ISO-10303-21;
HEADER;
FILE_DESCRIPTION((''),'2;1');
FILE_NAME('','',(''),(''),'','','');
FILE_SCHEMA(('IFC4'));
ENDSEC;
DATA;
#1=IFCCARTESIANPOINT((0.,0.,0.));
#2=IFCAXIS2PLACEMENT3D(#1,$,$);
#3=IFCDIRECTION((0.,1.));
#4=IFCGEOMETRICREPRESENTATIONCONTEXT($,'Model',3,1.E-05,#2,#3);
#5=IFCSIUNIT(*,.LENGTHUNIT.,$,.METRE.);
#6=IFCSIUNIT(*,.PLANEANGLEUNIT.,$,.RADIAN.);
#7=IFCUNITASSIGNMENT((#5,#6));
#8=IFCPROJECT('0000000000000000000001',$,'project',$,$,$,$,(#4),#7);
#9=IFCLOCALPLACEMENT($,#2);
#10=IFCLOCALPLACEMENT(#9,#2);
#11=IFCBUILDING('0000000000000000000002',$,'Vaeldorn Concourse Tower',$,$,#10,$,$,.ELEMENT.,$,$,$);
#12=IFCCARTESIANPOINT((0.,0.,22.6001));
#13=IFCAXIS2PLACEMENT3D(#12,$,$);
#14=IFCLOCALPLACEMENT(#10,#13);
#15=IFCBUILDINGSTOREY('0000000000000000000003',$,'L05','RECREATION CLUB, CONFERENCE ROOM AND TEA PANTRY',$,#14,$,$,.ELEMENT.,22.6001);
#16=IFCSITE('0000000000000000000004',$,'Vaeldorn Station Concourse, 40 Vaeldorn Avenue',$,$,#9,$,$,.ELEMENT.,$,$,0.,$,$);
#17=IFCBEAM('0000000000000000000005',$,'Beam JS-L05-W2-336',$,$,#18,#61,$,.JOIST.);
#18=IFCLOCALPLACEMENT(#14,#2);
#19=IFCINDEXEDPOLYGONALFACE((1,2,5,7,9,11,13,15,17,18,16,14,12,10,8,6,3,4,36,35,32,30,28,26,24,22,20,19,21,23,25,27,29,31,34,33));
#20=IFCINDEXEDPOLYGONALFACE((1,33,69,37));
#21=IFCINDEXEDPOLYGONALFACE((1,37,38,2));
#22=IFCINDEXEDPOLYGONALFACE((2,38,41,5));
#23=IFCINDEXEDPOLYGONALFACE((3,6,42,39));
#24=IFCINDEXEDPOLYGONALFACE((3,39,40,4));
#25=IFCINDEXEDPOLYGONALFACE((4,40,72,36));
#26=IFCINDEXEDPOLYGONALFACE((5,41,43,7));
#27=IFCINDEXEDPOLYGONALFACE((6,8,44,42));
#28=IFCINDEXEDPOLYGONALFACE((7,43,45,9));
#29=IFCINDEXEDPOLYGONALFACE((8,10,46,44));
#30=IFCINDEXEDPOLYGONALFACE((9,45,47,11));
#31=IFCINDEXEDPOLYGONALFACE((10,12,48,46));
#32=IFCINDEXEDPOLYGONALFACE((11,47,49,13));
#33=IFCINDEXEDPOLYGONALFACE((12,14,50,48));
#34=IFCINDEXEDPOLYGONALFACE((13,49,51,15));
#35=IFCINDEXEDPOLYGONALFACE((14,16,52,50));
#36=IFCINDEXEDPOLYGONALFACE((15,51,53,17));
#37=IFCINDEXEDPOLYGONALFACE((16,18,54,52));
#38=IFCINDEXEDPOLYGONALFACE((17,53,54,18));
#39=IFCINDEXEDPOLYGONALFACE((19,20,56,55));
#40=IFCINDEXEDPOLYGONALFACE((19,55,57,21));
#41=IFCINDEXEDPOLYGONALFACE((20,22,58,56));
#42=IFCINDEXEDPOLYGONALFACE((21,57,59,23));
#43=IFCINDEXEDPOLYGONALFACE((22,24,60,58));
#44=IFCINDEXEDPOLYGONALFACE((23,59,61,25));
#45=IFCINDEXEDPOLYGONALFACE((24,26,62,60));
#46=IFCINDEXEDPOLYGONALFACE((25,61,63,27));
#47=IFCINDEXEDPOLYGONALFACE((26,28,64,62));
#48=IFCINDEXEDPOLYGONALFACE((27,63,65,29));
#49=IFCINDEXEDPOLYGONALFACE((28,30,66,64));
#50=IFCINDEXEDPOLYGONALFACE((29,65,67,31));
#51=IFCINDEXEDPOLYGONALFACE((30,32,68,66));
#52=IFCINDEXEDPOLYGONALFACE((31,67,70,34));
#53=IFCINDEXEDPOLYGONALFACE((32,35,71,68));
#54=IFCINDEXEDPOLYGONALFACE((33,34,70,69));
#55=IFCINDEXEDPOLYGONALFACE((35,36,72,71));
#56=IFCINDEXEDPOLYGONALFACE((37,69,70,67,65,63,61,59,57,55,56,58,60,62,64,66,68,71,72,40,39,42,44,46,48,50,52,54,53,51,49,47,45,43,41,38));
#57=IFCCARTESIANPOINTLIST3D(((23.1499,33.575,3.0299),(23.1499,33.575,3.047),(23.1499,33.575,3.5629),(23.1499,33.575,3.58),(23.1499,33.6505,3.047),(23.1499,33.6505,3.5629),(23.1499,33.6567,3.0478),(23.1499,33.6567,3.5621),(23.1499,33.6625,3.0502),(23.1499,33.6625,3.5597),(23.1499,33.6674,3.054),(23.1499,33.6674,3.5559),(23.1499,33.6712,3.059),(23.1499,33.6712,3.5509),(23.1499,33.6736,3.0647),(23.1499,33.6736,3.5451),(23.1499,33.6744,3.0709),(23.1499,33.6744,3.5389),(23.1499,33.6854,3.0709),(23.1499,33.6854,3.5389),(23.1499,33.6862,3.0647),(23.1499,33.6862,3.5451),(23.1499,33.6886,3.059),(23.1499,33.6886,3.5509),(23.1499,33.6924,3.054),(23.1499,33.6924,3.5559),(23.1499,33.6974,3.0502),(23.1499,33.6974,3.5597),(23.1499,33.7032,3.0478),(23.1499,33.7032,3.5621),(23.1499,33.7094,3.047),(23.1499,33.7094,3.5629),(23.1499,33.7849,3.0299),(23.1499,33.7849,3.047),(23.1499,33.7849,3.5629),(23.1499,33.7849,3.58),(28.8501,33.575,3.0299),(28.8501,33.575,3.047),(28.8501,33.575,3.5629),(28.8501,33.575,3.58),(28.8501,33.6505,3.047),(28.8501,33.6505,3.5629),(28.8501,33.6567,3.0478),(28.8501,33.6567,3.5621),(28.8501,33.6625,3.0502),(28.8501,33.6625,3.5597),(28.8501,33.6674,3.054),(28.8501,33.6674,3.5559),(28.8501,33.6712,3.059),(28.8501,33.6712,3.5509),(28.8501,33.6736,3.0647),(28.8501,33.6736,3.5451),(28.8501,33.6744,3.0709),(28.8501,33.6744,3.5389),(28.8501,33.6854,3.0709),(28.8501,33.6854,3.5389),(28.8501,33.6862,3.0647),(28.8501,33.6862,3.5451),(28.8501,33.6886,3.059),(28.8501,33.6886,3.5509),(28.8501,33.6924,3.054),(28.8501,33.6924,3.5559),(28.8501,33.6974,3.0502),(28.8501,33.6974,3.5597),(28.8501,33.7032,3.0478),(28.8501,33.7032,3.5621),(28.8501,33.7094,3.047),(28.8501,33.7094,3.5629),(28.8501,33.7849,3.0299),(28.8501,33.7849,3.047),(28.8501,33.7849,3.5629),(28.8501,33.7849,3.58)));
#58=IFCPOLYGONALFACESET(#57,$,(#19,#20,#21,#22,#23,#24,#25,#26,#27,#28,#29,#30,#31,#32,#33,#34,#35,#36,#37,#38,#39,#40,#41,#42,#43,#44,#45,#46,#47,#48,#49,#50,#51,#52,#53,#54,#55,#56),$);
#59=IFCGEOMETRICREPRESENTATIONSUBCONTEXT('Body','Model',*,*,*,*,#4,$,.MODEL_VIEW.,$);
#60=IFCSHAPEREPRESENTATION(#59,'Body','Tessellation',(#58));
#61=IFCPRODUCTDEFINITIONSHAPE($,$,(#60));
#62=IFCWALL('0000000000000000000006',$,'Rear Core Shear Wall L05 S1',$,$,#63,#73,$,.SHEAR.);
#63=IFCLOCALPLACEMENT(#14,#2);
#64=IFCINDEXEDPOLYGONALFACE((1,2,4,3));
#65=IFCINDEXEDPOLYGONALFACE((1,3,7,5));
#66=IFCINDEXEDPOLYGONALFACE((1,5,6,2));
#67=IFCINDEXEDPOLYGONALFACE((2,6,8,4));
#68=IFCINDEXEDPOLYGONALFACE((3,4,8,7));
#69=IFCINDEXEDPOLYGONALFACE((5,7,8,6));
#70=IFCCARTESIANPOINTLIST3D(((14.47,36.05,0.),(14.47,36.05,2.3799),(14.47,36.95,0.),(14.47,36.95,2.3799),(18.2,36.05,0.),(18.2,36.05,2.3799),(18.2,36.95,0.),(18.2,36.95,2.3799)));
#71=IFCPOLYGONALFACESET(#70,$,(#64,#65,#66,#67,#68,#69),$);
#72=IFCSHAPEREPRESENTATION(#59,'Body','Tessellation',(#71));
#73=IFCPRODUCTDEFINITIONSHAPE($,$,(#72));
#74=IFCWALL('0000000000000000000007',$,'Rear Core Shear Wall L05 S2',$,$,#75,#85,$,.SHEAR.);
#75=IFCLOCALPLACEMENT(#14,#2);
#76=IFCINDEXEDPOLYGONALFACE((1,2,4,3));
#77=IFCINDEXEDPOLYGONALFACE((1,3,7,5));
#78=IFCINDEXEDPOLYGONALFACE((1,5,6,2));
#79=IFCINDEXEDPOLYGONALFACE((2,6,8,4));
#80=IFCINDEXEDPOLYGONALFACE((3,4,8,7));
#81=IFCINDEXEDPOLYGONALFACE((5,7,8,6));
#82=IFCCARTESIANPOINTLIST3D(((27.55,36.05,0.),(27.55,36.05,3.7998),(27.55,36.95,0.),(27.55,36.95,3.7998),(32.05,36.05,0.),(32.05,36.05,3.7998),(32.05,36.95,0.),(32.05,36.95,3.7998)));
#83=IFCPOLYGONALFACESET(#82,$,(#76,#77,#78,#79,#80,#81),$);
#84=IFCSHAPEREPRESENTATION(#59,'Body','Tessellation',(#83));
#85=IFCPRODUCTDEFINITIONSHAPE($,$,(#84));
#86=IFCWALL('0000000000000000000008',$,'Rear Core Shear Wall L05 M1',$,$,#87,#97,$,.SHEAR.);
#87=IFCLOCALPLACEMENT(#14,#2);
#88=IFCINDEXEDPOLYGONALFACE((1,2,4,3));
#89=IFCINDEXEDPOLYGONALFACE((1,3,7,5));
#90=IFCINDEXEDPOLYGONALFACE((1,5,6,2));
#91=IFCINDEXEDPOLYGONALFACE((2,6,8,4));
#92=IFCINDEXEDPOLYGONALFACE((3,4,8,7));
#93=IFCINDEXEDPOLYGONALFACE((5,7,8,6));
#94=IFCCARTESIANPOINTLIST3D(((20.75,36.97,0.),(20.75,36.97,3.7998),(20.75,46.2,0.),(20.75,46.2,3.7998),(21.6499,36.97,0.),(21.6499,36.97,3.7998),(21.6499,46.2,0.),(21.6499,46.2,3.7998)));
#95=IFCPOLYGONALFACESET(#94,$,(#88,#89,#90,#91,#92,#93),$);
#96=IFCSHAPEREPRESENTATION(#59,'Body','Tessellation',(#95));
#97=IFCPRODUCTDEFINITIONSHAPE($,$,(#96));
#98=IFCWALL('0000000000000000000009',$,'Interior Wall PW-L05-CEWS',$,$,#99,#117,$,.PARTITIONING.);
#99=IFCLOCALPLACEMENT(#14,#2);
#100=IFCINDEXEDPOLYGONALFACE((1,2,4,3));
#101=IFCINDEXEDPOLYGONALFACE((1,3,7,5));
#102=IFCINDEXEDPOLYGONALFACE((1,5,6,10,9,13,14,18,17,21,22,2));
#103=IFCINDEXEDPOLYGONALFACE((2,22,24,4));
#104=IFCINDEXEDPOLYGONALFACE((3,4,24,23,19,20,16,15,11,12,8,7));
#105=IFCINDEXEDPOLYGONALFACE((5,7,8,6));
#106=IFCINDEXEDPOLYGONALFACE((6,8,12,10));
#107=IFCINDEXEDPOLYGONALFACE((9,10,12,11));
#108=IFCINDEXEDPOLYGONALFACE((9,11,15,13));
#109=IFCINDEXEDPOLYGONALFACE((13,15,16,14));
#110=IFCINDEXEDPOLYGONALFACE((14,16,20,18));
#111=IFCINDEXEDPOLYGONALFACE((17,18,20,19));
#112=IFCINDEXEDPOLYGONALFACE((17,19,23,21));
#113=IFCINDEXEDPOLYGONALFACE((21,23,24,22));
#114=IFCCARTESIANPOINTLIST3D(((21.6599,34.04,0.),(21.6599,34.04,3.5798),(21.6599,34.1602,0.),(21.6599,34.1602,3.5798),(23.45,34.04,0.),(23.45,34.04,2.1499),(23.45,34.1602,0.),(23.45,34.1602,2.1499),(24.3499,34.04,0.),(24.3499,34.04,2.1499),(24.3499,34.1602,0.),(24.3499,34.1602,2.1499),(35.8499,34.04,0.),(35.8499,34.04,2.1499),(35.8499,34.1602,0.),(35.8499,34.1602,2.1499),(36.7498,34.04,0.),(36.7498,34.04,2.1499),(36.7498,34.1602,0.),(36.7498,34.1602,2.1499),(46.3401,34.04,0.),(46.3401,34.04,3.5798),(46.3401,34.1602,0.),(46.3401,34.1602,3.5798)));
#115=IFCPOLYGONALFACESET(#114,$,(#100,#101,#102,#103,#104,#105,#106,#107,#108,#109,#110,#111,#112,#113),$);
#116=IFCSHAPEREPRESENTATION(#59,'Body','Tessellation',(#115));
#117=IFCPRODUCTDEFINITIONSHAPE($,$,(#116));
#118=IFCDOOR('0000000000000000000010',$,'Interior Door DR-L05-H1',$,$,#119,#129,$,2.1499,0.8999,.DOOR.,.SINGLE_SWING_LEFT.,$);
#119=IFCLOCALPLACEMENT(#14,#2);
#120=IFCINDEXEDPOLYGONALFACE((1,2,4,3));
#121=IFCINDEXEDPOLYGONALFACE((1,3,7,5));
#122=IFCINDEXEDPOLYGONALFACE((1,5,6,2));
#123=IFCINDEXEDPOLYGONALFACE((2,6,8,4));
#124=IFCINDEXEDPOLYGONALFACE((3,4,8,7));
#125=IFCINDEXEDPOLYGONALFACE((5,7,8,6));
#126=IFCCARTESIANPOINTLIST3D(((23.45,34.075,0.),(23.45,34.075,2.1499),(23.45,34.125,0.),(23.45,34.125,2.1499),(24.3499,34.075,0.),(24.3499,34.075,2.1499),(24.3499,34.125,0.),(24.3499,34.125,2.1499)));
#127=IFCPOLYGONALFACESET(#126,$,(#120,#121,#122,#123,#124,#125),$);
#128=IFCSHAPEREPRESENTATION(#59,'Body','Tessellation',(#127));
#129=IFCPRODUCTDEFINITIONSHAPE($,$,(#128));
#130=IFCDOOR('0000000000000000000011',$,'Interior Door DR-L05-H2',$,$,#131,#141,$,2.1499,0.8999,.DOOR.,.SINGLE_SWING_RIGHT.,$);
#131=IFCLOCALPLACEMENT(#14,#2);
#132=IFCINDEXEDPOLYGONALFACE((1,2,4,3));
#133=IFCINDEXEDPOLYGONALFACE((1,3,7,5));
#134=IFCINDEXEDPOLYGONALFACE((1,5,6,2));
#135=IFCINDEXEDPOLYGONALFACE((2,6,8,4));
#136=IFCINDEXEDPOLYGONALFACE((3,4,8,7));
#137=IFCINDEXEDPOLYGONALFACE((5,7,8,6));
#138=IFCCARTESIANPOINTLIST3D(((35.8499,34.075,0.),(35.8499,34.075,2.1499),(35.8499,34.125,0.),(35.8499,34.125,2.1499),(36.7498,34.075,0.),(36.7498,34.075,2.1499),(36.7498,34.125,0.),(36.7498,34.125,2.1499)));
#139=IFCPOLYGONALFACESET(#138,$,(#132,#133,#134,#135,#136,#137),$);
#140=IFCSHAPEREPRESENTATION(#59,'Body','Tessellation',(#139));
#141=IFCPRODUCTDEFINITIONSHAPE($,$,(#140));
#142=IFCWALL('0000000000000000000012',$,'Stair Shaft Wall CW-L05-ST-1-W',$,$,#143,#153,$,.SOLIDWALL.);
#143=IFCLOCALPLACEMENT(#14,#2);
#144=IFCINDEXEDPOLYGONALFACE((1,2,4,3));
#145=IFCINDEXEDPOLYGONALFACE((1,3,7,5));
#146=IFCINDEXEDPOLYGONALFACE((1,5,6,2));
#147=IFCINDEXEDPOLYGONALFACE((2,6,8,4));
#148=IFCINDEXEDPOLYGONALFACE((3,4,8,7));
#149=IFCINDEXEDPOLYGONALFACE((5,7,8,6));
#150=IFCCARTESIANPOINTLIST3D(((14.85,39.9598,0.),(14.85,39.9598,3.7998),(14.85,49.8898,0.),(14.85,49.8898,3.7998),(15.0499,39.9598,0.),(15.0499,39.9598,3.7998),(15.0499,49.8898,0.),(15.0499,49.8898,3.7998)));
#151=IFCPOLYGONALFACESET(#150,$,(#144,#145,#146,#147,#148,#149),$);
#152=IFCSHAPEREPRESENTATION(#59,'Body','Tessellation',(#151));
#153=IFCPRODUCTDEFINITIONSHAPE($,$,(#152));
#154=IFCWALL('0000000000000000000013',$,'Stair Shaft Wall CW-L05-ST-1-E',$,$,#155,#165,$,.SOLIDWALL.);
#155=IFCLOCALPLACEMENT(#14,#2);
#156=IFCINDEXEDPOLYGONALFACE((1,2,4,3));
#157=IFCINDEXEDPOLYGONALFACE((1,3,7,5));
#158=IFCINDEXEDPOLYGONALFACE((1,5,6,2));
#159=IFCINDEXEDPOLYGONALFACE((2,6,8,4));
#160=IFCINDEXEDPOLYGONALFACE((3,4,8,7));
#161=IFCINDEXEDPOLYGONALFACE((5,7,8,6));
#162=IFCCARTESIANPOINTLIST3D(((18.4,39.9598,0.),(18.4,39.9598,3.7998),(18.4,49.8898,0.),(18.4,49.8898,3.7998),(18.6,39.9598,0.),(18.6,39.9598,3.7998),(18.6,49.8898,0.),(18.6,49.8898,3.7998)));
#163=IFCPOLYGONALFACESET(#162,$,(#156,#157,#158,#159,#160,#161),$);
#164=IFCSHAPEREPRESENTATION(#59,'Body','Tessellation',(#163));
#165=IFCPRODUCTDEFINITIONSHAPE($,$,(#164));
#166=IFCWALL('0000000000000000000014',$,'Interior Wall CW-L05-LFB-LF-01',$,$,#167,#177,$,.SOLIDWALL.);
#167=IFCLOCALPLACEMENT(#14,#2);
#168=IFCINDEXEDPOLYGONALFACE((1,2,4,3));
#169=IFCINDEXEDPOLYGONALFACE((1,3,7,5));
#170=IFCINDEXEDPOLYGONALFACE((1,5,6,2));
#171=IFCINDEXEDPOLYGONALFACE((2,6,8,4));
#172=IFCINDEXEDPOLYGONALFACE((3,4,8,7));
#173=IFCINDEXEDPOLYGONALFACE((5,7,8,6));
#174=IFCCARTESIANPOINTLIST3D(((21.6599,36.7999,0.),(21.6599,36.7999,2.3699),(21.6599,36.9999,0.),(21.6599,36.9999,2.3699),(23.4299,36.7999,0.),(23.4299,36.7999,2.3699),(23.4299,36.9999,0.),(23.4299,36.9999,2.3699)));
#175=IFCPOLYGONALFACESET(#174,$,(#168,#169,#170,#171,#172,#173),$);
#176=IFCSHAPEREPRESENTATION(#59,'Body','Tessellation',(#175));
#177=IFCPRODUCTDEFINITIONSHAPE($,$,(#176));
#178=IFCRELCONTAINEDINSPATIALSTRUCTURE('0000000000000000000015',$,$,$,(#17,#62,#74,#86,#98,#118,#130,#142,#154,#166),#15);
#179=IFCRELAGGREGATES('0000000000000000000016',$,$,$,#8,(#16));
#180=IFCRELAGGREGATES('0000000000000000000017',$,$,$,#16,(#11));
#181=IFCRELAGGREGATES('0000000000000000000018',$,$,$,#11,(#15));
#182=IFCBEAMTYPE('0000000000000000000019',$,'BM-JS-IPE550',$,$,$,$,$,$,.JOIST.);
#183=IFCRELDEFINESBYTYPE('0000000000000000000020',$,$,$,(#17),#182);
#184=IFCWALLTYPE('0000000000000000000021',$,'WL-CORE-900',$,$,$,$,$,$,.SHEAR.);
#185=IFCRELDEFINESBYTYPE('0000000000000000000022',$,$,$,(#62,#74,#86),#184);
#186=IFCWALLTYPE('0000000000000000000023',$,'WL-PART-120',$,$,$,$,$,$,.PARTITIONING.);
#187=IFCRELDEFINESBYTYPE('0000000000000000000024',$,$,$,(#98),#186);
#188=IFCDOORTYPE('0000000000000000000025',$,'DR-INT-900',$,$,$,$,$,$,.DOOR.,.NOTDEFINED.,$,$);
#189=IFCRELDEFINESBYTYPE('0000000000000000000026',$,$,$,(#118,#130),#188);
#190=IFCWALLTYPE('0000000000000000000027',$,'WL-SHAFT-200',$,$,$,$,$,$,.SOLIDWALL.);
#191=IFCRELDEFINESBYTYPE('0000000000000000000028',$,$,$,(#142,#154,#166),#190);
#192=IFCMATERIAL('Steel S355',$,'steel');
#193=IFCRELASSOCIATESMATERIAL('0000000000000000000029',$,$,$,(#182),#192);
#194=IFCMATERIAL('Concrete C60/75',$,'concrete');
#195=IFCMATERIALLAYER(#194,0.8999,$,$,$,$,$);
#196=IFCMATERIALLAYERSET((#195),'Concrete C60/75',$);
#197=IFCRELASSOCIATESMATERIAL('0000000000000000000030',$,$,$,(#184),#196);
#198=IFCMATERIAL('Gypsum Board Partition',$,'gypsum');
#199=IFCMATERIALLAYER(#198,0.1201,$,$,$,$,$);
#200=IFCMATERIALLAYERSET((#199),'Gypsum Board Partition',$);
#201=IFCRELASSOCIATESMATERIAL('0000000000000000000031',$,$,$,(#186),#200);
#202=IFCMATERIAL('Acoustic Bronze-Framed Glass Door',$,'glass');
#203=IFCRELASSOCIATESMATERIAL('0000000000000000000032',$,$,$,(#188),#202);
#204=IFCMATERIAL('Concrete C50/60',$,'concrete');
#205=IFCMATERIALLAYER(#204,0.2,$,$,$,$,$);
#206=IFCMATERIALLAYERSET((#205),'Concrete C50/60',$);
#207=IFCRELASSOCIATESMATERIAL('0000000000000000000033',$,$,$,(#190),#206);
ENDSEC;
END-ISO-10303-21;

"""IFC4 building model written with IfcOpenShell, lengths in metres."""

from ifc_helpers import new_model, si_unit, direction, frame, frame_2d, origin, origin_2d, place, context, subcontext, project, spatial, rectangle, i_section, extrude, source, transform, mapped, material, layer, layer_set, material_profile, profile_set, type_object, element, fill, save


model = new_model("IFC4")

# Units and contexts
model_context = context("Model", 3, precision=1e-05, world=origin(), true_north=direction((0.0, 1.0)))
body_context = subcontext(model_context, "Body", "Model", "MODEL_VIEW")
ifc_project = project(units=[si_unit("LENGTHUNIT", "METRE"), si_unit("PLANEANGLEUNIT", "RADIAN")], contexts=[model_context])

# Site, building, storey
site_placement = place(None, origin())
site = spatial("IfcSite", under=ifc_project, at=site_placement, Name="Vaeldorn Station Concourse, 40 Vaeldorn Avenue", CompositionType="ELEMENT", RefElevation=0.0)
building_placement = place(site_placement, origin())
building = spatial("IfcBuilding", under=site, at=building_placement, Name="Vaeldorn Concourse Tower", CompositionType="ELEMENT")
storey_placement = place(building_placement, frame((0.0, 0.0, 22.6001)))
storey = spatial("IfcBuildingStorey", under=building, at=storey_placement, Name="L05", Description="RECREATION CLUB, CONFERENCE ROOM AND TEA PANTRY", CompositionType="ELEMENT", Elevation=22.6001)

# Beam
ifc_material_1 = material(Name="Steel S355", Category="steel")
ifc_material_profile_1 = material_profile(ifc_material_1, i_section(OverallWidth=0.21, OverallDepth=0.55, WebThickness=0.011, FlangeThickness=0.0171, FilletRadius=0.0239, at=origin_2d()), Name="IPE 550")
ifc_profile_set_1 = profile_set([ifc_material_profile_1], Name="Steel S355")
beam_type_1 = type_object("IfcBeamType", Name="BM-JS-IPE550", PredefinedType="JOIST", material=ifc_profile_set_1)
shared_shape_1 = source(origin(), body_context, "Body", "SweptSolid", [
    extrude(i_section(OverallWidth=0.21, OverallDepth=0.55, WebThickness=0.011, FlangeThickness=0.0171, FilletRadius=0.0239, at=origin_2d()), origin(), (0.0, 0.0, 1.0), 5.7002),
])
for number, where, z_axis, x_axis, name in (
    (1, (23.1499, 33.6799, 3.3049), (1.0, 0.0, 0.0), (0.0, 1.0, 0.0), "Beam JS-L05-W2-336"),
):
    element("IfcBeam", number, at=place(storey_placement, frame(where, z_axis=z_axis, x_axis=x_axis)), inside=storey, type_object=beam_type_1, Name=name, PredefinedType="JOIST", context=body_context, shape_type="MappedRepresentation", body=[
        mapped(shared_shape_1, transform((0.0, 0.0, 0.0), scale=1.0)),
    ])

# Walls
ifc_material_2 = material(Name="Concrete C60/75", Category="concrete")
ifc_layer_1 = layer(ifc_material_2, 0.8999)
ifc_layer_set_1 = layer_set([ifc_layer_1], Name="Concrete C60/75")
wall_type_1 = type_object("IfcWallType", Name="WL-CORE-900", PredefinedType="SHEAR", material=ifc_layer_set_1)
wall_1_placement = place(storey_placement, frame((14.47, 36.5, 0.0), z_axis=(0.0, 0.0, 1.0), x_axis=(1.0, 0.0, 0.0)))
element("IfcWall", 2, at=wall_1_placement, inside=storey, type_object=wall_type_1, Name="Rear Core Shear Wall L05 S1", PredefinedType="SHEAR", context=body_context, shape_type="SweptSolid", body=[
    extrude(rectangle(XDim=3.73, YDim=0.8999, at=frame_2d((1.865, 0.0))), origin(), (0.0, 0.0, 1.0), 2.3799),
])
wall_2_placement = place(storey_placement, frame((27.55, 36.5, 0.0), z_axis=(0.0, 0.0, 1.0), x_axis=(1.0, 0.0, 0.0)))
element("IfcWall", 3, at=wall_2_placement, inside=storey, type_object=wall_type_1, Name="Rear Core Shear Wall L05 S2", PredefinedType="SHEAR", context=body_context, shape_type="SweptSolid", body=[
    extrude(rectangle(XDim=4.5, YDim=0.8999, at=frame_2d((2.25, 0.0))), origin(), (0.0, 0.0, 1.0), 3.7998),
])
wall_3_placement = place(storey_placement, frame((21.2, 36.97, 0.0), z_axis=(0.0, 0.0, 1.0), x_axis=(0.0, 1.0, 0.0)))
element("IfcWall", 4, at=wall_3_placement, inside=storey, type_object=wall_type_1, Name="Rear Core Shear Wall L05 M1", PredefinedType="SHEAR", context=body_context, shape_type="SweptSolid", body=[
    extrude(rectangle(XDim=9.23, YDim=0.8999, at=frame_2d((4.615, 0.0))), origin(), (0.0, 0.0, 1.0), 3.7998),
])

# Wall, openings, doors
ifc_material_3 = material(Name="Gypsum Board Partition", Category="gypsum")
ifc_layer_2 = layer(ifc_material_3, 0.1201)
ifc_layer_set_2 = layer_set([ifc_layer_2], Name="Gypsum Board Partition")
wall_type_2 = type_object("IfcWallType", Name="WL-PART-120", PredefinedType="PARTITIONING", material=ifc_layer_set_2)
wall_4_placement = place(storey_placement, frame((21.6599, 34.1001, 0.0), z_axis=(0.0, 0.0, 1.0), x_axis=(1.0, 0.0, 0.0)))
wall_4 = element("IfcWall", 5, at=wall_4_placement, inside=storey, type_object=wall_type_2, Name="Interior Wall PW-L05-CEWS", PredefinedType="PARTITIONING", context=body_context, shape_type="SweptSolid", body=[
    extrude(rectangle(XDim=24.6802, YDim=0.1201, at=frame_2d((12.3401, 0.0))), origin(), (0.0, 0.0, 1.0), 3.5798),
])
opening_1_placement = place(wall_4_placement, frame((1.79, 0.0, 0.0)))
opening_1 = element("IfcOpeningElement", 6, at=opening_1_placement, cuts=wall_4, PredefinedType="OPENING", context=body_context, shape_type="SweptSolid", body=[
    extrude(rectangle(XDim=0.8999, YDim=2.1499, at=frame_2d((0.45, 1.075))), frame((0.0, 0.0701, 0.0), z_axis=(0.0, -1.0, 0.0), x_axis=(1.0, 0.0, 0.0)), (0.0, 0.0, 1.0), 0.1401),
])
opening_2_placement = place(wall_4_placement, frame((14.1899, 0.0, 0.0)))
opening_2 = element("IfcOpeningElement", 7, at=opening_2_placement, cuts=wall_4, PredefinedType="OPENING", context=body_context, shape_type="SweptSolid", body=[
    extrude(rectangle(XDim=0.8999, YDim=2.1499, at=frame_2d((0.45, 1.075))), frame((0.0, 0.0701, 0.0), z_axis=(0.0, -1.0, 0.0), x_axis=(1.0, 0.0, 0.0)), (0.0, 0.0, 1.0), 0.1401),
])
ifc_material_4 = material(Name="Acoustic Bronze-Framed Glass Door", Category="glass")
door_type_1 = type_object("IfcDoorType", Name="DR-INT-900", OperationType="NOTDEFINED", PredefinedType="DOOR", material=ifc_material_4)
shared_shape_2 = source(origin(), body_context, "Body", "SweptSolid", [
    extrude(rectangle(XDim=0.8999, YDim=2.1499, at=frame_2d((0.45, 1.075))), frame((0.0, 0.0249, 0.0), z_axis=(0.0, -1.0, 0.0), x_axis=(1.0, 0.0, 0.0)), (0.0, 0.0, 1.0), 0.05),
])
door_1_placement = place(opening_1_placement, origin())
door_1 = element("IfcDoor", 8, at=door_1_placement, inside=storey, type_object=door_type_1, Name="Interior Door DR-L05-H1", OperationType="SINGLE_SWING_LEFT", OverallHeight=2.1499, OverallWidth=0.8999, PredefinedType="DOOR", context=body_context, shape_type="MappedRepresentation", body=[
    mapped(shared_shape_2, transform((0.0, 0.0, 0.0), scale=1.0)),
])
fill(opening_1, door_1)
door_2_placement = place(opening_2_placement, origin())
door_2 = element("IfcDoor", 9, at=door_2_placement, inside=storey, type_object=door_type_1, Name="Interior Door DR-L05-H2", OperationType="SINGLE_SWING_RIGHT", OverallHeight=2.1499, OverallWidth=0.8999, PredefinedType="DOOR", context=body_context, shape_type="MappedRepresentation", body=[
    mapped(shared_shape_2, transform((0.0, 0.0, 0.0), scale=1.0)),
])
fill(opening_2, door_2)

# Walls
ifc_material_5 = material(Name="Concrete C50/60", Category="concrete")
ifc_layer_3 = layer(ifc_material_5, 0.2)
ifc_layer_set_3 = layer_set([ifc_layer_3], Name="Concrete C50/60")
wall_type_3 = type_object("IfcWallType", Name="WL-SHAFT-200", PredefinedType="SOLIDWALL", material=ifc_layer_set_3)
for number, where, z_axis, x_axis, name in (
    (10, (14.95, 39.96, 0.0), (0.0, 0.0, 1.0), (0.0, 1.0, 0.0), "Stair Shaft Wall CW-L05-ST-1-W"),
    (11, (18.5, 39.96, 0.0), (0.0, 0.0, 1.0), (0.0, 1.0, 0.0), "Stair Shaft Wall CW-L05-ST-1-E"),
):
    element("IfcWall", number, at=place(storey_placement, frame(where, z_axis=z_axis, x_axis=x_axis)), inside=storey, type_object=wall_type_3, Name=name, PredefinedType="SOLIDWALL", context=body_context, shape_type="SweptSolid", body=[
        extrude(rectangle(XDim=9.9299, YDim=0.2, at=frame_2d((4.9648, 0.0))), origin(), (0.0, 0.0, 1.0), 3.7998),
    ])

# Wall
wall_5_placement = place(storey_placement, frame((21.6599, 36.8999, 0.0), z_axis=(0.0, 0.0, 1.0), x_axis=(1.0, 0.0, 0.0)))
element("IfcWall", 12, at=wall_5_placement, inside=storey, type_object=wall_type_3, Name="Interior Wall CW-L05-LFB-LF-01", PredefinedType="SOLIDWALL", context=body_context, shape_type="SweptSolid", body=[
    extrude(rectangle(XDim=1.77, YDim=0.2, at=frame_2d((0.885, 0.0))), origin(), (0.0, 0.0, 1.0), 2.3699),
])

save(model, "model.ifc")
